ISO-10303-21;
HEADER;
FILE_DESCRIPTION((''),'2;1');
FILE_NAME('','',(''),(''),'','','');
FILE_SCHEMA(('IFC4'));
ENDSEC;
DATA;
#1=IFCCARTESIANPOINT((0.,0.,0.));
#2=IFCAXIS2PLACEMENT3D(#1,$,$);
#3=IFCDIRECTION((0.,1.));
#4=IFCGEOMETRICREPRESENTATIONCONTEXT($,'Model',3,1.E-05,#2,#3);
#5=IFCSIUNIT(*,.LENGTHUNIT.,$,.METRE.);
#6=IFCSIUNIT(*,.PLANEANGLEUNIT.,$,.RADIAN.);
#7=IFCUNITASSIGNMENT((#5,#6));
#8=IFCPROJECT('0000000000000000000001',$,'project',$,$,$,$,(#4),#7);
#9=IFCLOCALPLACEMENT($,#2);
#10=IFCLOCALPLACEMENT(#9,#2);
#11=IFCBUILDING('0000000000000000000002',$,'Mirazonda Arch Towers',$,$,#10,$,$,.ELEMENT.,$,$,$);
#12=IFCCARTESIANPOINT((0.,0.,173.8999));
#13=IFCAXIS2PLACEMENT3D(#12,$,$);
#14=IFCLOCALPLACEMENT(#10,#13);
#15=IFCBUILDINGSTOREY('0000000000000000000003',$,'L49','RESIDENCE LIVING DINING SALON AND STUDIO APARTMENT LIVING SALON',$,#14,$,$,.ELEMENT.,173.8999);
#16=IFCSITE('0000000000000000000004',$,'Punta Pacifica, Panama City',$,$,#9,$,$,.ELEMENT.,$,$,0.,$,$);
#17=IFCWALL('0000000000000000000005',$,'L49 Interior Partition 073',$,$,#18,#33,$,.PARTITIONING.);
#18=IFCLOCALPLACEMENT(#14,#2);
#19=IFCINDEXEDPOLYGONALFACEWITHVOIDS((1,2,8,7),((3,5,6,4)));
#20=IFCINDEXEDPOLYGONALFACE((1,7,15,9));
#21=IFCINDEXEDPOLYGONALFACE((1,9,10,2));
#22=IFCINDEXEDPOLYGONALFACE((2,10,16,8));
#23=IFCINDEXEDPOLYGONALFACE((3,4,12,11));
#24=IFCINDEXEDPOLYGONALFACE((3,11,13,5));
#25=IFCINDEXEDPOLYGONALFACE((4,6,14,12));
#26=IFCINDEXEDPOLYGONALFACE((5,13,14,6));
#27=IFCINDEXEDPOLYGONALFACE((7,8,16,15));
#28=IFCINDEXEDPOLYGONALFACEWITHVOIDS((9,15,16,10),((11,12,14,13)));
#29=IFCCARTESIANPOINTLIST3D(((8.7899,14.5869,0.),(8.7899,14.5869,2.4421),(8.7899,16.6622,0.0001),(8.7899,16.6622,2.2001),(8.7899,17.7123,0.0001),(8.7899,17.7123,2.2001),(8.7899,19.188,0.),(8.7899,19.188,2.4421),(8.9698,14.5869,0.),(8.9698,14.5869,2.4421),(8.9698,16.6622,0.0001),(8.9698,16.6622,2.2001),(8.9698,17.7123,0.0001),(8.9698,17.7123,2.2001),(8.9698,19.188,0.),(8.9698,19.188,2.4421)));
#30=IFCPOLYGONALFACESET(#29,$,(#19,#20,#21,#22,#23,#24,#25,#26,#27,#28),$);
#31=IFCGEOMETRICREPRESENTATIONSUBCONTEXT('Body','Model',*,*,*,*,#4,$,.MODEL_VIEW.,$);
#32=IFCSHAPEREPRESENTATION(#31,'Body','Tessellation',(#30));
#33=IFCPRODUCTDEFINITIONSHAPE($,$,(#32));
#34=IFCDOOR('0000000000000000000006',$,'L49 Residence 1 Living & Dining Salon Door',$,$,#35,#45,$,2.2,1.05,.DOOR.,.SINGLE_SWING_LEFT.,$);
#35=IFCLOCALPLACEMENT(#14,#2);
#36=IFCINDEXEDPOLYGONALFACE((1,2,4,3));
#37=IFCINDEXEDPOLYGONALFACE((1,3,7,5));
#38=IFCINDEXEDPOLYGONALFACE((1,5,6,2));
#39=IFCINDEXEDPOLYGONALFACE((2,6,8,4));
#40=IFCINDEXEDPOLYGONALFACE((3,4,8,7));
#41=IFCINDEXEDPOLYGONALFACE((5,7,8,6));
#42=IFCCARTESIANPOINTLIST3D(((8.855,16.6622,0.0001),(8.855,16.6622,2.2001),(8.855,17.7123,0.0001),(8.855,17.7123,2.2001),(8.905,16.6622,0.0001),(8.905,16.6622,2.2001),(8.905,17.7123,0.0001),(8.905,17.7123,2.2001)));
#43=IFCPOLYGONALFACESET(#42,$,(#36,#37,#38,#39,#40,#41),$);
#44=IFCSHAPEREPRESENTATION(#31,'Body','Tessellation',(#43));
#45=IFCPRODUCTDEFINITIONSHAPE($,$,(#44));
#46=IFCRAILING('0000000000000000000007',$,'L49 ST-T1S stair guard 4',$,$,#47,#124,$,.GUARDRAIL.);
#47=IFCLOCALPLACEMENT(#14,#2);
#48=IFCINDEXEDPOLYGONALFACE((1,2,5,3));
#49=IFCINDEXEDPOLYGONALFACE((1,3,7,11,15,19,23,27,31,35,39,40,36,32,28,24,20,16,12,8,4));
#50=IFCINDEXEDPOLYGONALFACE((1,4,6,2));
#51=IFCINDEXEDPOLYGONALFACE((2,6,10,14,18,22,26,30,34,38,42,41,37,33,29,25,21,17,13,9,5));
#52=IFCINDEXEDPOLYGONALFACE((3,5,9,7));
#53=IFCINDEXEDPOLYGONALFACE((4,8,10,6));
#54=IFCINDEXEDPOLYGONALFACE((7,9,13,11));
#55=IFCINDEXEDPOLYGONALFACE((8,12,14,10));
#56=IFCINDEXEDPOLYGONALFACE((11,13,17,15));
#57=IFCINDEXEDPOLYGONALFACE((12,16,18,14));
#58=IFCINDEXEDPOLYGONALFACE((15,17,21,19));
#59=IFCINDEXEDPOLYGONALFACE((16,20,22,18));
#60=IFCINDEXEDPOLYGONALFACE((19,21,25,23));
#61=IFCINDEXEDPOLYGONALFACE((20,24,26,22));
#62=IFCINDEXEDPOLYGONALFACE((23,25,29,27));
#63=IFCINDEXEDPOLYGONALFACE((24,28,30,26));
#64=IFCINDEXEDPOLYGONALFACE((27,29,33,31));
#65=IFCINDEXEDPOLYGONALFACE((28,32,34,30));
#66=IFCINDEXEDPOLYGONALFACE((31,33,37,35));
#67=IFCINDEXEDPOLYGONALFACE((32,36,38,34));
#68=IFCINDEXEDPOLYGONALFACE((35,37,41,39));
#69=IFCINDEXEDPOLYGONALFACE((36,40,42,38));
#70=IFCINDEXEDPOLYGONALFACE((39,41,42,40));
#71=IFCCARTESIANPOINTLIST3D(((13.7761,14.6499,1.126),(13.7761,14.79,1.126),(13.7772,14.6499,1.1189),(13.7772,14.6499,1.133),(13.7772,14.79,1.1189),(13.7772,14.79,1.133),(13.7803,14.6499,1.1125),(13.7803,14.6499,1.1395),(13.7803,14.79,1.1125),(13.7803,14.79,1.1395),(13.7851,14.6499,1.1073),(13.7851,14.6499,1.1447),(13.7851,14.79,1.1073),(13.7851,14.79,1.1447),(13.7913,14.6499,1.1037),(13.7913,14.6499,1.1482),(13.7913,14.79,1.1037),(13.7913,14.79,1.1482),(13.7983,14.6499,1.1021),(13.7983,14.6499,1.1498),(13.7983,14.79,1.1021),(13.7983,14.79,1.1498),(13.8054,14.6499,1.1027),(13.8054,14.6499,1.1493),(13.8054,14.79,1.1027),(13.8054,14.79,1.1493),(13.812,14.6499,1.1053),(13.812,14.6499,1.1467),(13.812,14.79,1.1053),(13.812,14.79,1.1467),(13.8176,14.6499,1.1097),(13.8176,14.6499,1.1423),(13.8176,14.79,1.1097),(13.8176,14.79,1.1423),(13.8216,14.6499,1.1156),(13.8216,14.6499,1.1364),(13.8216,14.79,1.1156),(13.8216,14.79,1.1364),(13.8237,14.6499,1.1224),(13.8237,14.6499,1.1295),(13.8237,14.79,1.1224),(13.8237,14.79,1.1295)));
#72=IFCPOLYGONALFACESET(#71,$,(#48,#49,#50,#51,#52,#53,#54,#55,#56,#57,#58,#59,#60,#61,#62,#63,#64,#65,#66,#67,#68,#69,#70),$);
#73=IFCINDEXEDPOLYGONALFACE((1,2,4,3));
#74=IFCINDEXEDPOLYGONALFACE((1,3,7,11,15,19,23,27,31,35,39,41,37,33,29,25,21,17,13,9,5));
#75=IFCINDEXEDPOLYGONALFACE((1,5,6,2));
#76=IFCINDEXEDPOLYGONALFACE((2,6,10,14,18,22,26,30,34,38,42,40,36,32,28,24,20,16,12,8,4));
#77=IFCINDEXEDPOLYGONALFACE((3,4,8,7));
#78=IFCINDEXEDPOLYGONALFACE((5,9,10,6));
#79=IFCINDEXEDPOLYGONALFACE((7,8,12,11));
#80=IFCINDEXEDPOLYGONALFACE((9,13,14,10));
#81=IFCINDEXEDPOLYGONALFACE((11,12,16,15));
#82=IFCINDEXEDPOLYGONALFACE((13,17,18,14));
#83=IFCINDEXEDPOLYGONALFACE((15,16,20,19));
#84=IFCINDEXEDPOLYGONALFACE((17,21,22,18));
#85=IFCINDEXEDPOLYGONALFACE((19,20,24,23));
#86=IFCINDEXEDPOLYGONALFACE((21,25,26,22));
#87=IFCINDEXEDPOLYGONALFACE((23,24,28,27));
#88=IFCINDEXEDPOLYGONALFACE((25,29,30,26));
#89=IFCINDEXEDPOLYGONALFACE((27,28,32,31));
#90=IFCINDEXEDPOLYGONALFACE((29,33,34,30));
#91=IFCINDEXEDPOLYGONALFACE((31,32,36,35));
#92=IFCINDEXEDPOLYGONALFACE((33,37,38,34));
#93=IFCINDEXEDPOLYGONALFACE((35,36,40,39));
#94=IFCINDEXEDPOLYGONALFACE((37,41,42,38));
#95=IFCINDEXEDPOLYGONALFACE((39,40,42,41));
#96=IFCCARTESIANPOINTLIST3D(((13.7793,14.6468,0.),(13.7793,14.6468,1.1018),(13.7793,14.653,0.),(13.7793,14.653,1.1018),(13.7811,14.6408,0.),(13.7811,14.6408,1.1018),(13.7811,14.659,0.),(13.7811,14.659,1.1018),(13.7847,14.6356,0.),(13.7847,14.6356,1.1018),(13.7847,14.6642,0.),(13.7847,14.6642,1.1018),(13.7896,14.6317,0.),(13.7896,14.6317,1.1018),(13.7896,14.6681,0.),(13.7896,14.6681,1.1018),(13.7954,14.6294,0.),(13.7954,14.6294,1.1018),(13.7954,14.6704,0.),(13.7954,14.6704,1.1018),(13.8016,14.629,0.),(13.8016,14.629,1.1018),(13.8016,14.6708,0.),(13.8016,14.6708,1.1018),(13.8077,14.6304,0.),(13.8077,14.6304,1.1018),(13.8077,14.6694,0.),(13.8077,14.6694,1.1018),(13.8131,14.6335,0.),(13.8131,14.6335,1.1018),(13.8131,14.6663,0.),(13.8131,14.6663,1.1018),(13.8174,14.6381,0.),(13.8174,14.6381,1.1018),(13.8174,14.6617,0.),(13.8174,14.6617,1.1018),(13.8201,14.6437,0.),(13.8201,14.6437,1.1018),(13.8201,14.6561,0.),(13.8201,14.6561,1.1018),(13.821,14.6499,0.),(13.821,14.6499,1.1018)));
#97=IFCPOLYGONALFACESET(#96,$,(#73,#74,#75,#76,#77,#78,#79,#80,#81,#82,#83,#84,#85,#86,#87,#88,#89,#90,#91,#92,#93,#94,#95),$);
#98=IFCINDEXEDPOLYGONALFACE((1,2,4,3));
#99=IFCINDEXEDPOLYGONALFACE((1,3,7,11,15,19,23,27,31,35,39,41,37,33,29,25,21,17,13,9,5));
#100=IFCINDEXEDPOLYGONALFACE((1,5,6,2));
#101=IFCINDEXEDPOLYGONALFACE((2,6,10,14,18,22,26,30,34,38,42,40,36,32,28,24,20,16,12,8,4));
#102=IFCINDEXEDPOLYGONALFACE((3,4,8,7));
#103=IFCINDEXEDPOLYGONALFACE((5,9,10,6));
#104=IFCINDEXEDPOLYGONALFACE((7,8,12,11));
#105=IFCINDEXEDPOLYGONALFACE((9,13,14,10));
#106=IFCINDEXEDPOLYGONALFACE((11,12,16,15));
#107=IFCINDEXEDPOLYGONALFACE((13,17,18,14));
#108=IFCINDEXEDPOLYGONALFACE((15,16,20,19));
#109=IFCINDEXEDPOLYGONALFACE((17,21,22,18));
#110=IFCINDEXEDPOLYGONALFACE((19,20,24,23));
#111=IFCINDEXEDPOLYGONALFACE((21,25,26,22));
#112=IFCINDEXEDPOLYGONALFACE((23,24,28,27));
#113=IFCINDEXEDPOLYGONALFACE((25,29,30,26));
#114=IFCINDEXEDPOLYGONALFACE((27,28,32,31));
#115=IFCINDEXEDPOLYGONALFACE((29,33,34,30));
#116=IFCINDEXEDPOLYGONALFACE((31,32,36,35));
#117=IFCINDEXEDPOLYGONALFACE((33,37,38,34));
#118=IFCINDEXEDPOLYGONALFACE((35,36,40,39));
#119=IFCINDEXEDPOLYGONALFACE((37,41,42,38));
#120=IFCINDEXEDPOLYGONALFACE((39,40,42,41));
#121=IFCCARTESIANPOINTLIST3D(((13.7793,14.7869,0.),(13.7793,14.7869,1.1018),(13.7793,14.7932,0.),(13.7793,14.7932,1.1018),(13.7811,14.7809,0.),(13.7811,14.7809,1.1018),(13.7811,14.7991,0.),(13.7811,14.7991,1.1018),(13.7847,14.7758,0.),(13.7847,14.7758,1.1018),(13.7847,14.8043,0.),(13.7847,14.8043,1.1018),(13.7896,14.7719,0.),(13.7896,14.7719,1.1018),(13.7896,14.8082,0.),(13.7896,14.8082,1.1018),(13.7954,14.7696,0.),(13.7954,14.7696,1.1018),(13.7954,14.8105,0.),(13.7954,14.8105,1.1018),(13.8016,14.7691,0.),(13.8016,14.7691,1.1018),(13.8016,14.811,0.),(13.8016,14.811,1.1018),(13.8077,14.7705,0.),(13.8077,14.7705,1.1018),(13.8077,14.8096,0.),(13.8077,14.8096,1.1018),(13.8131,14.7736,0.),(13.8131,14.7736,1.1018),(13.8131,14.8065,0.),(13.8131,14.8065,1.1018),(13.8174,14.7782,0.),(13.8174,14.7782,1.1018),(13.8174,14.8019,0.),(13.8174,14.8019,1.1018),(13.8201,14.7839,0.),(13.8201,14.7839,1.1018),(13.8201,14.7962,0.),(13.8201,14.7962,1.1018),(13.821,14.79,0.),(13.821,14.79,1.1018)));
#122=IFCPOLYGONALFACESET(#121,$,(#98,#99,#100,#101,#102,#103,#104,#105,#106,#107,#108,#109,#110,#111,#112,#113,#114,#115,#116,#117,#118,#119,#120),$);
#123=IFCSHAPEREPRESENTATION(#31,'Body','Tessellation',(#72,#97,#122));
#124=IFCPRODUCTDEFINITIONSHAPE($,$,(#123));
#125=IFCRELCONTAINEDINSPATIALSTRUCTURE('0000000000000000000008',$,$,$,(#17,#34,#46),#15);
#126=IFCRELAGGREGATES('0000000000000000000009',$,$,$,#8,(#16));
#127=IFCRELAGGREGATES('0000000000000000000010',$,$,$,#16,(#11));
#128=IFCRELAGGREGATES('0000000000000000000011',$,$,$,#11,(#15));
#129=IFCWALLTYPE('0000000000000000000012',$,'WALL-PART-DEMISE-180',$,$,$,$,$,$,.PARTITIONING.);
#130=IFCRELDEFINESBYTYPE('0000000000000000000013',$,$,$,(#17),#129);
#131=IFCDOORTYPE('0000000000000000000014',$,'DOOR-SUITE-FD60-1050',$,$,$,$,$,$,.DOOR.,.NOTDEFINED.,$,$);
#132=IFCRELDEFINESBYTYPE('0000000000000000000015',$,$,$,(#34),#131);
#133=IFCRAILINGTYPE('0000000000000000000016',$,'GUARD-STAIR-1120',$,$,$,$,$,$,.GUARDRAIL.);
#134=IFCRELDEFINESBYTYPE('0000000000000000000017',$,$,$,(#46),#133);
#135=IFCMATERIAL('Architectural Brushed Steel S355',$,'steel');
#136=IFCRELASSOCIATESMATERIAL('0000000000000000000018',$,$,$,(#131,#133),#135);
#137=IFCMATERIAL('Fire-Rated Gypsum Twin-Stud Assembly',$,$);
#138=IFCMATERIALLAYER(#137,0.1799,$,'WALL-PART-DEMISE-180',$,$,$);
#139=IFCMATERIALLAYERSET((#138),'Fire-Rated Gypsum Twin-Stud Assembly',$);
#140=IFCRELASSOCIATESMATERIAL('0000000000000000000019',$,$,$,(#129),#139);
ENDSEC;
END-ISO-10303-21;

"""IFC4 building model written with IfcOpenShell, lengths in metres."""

from ifc_helpers import new_model, si_unit, direction, frame, frame_2d, origin, origin_2d, place, context, subcontext, project, spatial, rectangle, circle, extrude, material, layer, layer_set, type_object, element, fill, save


model = new_model("IFC4")

# Units and contexts
model_context = context("Model", 3, precision=1e-05, world=origin(), true_north=direction((0.0, 1.0)))
body_context = subcontext(model_context, "Body", "Model", "MODEL_VIEW")
ifc_project = project(units=[si_unit("LENGTHUNIT", "METRE"), si_unit("PLANEANGLEUNIT", "RADIAN")], contexts=[model_context])

# Site, building, storey
site_placement = place(None, origin())
site = spatial("IfcSite", under=ifc_project, at=site_placement, Name="Punta Pacifica, Panama City", CompositionType="ELEMENT", RefElevation=0.0)
building_placement = place(site_placement, origin())
building = spatial("IfcBuilding", under=site, at=building_placement, Name="Mirazonda Arch Towers", CompositionType="ELEMENT")
storey_placement = place(building_placement, frame((0.0, 0.0, 173.8999)))
storey = spatial("IfcBuildingStorey", under=building, at=storey_placement, Name="L49", Description="RESIDENCE LIVING DINING SALON AND STUDIO APARTMENT LIVING SALON", CompositionType="ELEMENT", Elevation=173.8999)

# Shared definitions
ifc_material_1 = material(Name="Architectural Brushed Steel S355", Category="steel")
door_type_1 = type_object("IfcDoorType", Name="DOOR-SUITE-FD60-1050", OperationType="NOTDEFINED", PredefinedType="DOOR", material=ifc_material_1)

# Shared definitions
ifc_material_2 = material(Name="Fire-Rated Gypsum Twin-Stud Assembly")
ifc_layer_1 = layer(ifc_material_2, 0.1799, Name="WALL-PART-DEMISE-180")
ifc_layer_set_1 = layer_set([ifc_layer_1], Name="Fire-Rated Gypsum Twin-Stud Assembly")
wall_type_1 = type_object("IfcWallType", Name="WALL-PART-DEMISE-180", PredefinedType="PARTITIONING", material=ifc_layer_set_1)

# Wall, opening, door
wall_1_placement = place(storey_placement, frame((8.8799, 14.5869, 0.0), z_axis=(0.0, 0.0, 1.0), x_axis=(0.0, 1.0, 0.0)))
wall_1 = element("IfcWall", 1, at=wall_1_placement, inside=storey, type_object=wall_type_1, Name="L49 Interior Partition 073", PredefinedType="PARTITIONING", context=body_context, shape_type="SweptSolid", body=[
    extrude(rectangle(XDim=4.6011, YDim=0.1799, at=frame_2d((2.3005, 0.0))), origin(), (0.0, 0.0, 1.0), 2.4421),
])
opening_1_placement = place(wall_1_placement, frame((2.0754, 0.0, 0.0)))
opening_1 = element("IfcOpeningElement", 2, at=opening_1_placement, cuts=wall_1, PredefinedType="OPENING", context=body_context, shape_type="SweptSolid", body=[
    extrude(rectangle(XDim=1.05, YDim=2.2, at=frame_2d((0.5249, 1.1001))), frame((0.0, 0.0999, 0.0), z_axis=(0.0, -1.0, 0.0), x_axis=(1.0, 0.0, 0.0)), (0.0, 0.0, 1.0), 0.2),
])
door_1_placement = place(opening_1_placement, origin())
door_1 = element("IfcDoor", 3, at=door_1_placement, inside=storey, type_object=door_type_1, Name="L49 Residence 1 Living & Dining Salon Door", OperationType="SINGLE_SWING_LEFT", OverallHeight=2.2, OverallWidth=1.05, PredefinedType="DOOR", context=body_context, shape_type="SweptSolid", body=[
    extrude(rectangle(XDim=1.05, YDim=2.2, at=frame_2d((0.5249, 1.1001))), frame((0.0, 0.0249, 0.0), z_axis=(0.0, -1.0, 0.0), x_axis=(1.0, 0.0, 0.0)), (0.0, 0.0, 1.0), 0.05),
])
fill(opening_1, door_1)

# Railing
railing_type_1 = type_object("IfcRailingType", Name="GUARD-STAIR-1120", PredefinedType="GUARDRAIL", material=ifc_material_1)
railing_1_placement = place(storey_placement, frame((13.8, 14.6499, 0.0)))
element("IfcRailing", 4, at=railing_1_placement, inside=storey, type_object=railing_type_1, Name="L49 ST-T1S stair guard 4", PredefinedType="GUARDRAIL", context=body_context, shape_type="SweptSolid", body=[
    extrude(circle(Radius=0.0239, at=origin_2d()), frame((0.0, 0.0, 1.126), z_axis=(0.0, 1.0, 0.0), x_axis=(-1.0, 0.0, 0.0)), (0.0, 0.0, 1.0), 0.1401),
    extrude(circle(Radius=0.021, at=origin_2d()), origin(), (0.0, 0.0, 1.0), 1.1018),
    extrude(circle(Radius=0.021, at=origin_2d()), frame((0.0, 0.1401, 0.0)), (0.0, 0.0, 1.0), 1.1018),
])

save(model, "model.ifc")
